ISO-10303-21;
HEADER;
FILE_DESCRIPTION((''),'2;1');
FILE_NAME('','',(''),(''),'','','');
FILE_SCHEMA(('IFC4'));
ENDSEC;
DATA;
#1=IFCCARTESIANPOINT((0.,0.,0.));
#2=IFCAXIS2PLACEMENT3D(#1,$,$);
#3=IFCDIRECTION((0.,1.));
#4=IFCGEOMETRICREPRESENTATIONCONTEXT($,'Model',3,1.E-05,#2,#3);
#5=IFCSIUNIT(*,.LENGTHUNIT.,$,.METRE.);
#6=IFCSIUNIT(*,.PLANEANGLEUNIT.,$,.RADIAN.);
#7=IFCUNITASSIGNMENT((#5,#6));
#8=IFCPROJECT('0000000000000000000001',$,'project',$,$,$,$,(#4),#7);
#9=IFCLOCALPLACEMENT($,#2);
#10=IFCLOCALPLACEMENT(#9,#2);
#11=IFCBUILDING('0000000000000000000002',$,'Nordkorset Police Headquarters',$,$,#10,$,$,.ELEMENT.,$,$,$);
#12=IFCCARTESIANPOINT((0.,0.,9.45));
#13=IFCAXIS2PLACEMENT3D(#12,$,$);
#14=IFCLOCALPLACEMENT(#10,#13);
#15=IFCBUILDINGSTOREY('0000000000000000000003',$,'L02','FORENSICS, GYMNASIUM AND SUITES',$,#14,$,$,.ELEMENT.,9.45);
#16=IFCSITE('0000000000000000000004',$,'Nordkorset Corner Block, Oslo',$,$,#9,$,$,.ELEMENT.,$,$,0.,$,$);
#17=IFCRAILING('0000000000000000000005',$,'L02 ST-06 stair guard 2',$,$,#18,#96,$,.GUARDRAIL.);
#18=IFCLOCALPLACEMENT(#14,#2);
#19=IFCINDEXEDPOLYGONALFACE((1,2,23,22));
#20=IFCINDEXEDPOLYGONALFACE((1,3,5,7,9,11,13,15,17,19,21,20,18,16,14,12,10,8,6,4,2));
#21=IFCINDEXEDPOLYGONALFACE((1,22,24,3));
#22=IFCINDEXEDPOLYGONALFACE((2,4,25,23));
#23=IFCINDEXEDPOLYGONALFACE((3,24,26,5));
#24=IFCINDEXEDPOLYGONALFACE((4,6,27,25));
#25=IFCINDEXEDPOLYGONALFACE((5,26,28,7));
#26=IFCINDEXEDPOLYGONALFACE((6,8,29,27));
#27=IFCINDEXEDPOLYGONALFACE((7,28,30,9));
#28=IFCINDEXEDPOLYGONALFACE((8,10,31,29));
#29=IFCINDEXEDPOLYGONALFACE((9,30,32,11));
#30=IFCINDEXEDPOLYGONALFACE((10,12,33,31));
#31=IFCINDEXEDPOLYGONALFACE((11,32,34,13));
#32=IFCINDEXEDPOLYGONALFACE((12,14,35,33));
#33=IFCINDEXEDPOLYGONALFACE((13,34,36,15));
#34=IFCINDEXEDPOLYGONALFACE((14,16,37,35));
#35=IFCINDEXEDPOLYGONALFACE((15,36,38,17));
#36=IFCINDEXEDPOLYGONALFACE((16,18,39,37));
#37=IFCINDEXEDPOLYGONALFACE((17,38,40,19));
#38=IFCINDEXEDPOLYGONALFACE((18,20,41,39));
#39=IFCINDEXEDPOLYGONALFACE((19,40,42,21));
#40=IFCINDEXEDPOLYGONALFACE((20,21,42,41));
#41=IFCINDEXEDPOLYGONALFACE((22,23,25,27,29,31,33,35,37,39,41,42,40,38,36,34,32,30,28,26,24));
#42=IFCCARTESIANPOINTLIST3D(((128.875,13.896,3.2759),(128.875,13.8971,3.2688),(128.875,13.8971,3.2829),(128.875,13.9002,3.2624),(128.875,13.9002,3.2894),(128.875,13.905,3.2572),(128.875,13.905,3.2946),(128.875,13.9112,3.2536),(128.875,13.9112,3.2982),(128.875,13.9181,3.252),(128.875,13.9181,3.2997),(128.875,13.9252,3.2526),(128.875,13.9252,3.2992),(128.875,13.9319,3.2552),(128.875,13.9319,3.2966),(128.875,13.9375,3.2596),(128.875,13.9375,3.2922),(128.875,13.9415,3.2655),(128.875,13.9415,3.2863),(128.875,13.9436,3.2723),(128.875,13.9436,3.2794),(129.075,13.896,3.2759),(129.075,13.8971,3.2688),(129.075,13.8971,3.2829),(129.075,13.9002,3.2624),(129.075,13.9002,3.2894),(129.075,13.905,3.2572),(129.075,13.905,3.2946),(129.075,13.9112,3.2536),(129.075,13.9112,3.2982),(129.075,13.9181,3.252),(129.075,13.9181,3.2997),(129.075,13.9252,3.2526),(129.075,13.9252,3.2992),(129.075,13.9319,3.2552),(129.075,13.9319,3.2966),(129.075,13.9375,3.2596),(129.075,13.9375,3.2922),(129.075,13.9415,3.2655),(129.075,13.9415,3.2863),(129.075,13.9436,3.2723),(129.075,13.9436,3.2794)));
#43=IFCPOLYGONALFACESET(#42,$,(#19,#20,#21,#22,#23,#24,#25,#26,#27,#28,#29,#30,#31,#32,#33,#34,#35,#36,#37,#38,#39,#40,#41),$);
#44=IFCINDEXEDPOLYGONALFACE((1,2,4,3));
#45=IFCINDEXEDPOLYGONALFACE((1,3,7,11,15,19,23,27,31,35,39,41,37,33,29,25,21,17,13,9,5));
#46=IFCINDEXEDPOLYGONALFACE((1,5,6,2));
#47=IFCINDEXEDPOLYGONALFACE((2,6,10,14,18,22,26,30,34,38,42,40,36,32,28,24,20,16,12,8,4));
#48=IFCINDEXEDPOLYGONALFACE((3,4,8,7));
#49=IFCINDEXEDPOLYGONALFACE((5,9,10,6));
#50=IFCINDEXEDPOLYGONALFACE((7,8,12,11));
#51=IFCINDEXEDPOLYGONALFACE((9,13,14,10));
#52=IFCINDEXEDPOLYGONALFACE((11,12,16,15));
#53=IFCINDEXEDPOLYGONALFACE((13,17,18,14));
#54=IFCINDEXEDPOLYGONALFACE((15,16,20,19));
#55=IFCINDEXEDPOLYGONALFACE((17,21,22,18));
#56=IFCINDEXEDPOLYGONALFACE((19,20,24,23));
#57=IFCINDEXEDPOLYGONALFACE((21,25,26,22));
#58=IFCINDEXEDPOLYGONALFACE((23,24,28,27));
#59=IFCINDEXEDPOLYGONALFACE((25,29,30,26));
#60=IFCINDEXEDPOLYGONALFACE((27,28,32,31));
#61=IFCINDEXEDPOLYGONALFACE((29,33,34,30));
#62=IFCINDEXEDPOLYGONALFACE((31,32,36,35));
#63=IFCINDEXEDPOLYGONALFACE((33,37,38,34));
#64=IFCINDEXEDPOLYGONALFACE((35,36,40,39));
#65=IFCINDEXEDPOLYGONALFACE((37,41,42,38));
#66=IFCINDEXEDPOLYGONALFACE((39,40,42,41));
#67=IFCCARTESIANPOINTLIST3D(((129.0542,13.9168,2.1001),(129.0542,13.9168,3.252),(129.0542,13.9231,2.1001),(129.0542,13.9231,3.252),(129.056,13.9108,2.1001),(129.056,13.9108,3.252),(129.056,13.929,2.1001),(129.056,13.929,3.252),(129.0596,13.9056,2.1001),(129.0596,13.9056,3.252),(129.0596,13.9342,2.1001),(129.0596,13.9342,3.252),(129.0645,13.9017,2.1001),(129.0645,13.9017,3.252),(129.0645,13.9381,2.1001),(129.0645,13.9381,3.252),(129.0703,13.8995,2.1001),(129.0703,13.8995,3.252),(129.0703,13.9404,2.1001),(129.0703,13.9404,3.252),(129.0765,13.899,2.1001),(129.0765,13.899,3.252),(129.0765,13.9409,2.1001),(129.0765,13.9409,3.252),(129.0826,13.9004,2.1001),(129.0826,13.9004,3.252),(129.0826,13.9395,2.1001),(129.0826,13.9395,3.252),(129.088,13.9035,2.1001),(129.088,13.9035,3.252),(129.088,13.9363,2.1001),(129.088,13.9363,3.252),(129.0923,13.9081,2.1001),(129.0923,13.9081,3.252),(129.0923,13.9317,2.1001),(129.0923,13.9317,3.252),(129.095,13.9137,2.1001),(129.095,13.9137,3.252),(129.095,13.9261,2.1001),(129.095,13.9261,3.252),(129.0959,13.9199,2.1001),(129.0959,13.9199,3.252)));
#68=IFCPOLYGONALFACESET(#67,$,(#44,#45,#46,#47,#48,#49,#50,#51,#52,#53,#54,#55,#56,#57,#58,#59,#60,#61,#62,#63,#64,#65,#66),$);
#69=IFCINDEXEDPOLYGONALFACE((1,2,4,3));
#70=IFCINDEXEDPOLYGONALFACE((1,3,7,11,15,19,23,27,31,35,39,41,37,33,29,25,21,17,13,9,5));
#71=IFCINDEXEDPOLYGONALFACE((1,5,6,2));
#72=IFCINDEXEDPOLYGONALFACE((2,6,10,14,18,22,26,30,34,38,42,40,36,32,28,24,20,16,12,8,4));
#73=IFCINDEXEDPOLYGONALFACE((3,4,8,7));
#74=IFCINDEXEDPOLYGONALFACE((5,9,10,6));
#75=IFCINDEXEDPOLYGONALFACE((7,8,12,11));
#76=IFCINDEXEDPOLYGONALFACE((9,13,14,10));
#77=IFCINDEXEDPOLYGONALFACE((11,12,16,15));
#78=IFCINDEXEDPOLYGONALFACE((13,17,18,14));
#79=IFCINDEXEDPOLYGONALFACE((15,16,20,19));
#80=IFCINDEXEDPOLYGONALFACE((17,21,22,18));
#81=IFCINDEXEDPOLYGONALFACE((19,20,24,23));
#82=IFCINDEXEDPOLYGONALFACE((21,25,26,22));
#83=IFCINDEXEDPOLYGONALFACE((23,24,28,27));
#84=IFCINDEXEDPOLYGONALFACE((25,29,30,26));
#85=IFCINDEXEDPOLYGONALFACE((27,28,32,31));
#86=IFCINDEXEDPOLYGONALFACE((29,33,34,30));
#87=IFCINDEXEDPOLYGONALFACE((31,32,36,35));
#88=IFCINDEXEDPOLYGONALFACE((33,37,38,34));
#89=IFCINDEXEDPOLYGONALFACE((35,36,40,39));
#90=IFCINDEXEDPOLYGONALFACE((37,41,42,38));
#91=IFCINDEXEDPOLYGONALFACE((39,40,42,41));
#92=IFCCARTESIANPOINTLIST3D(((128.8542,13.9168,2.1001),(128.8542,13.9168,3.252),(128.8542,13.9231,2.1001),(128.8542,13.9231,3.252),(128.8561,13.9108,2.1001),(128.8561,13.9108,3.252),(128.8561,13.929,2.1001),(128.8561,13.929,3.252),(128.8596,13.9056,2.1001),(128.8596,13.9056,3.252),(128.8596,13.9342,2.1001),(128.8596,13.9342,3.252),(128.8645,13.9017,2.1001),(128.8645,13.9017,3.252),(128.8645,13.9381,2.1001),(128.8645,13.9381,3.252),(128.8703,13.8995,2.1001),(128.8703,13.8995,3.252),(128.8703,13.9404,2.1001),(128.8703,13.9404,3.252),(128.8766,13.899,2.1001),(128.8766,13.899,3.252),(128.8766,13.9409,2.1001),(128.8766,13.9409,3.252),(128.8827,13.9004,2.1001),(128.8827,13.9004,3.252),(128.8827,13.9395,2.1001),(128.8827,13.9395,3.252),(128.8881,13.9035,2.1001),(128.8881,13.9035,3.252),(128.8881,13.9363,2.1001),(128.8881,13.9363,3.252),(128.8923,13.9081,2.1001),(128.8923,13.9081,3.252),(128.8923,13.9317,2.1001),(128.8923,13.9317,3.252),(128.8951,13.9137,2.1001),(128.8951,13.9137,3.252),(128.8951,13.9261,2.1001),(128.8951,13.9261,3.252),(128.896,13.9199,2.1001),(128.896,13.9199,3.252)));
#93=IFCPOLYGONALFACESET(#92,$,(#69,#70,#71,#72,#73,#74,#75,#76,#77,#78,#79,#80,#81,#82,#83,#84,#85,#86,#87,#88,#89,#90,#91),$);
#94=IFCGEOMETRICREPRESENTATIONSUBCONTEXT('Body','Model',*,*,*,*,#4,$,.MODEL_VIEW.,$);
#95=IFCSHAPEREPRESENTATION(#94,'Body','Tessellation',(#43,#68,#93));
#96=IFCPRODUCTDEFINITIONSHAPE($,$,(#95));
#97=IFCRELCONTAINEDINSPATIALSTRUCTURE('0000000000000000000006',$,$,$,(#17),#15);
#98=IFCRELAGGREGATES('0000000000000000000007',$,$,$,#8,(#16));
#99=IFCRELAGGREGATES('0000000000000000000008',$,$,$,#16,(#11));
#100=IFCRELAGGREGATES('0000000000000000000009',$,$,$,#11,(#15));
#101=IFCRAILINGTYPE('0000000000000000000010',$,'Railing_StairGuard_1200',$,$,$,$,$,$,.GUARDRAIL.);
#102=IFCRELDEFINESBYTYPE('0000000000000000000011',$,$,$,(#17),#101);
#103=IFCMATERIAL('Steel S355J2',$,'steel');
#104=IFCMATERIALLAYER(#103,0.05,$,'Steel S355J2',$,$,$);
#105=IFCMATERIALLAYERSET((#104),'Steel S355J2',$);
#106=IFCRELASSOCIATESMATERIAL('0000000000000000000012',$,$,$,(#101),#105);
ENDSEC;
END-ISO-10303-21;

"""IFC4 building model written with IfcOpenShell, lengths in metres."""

from ifc_helpers import new_model, si_unit, direction, frame, origin, origin_2d, place, context, subcontext, project, spatial, circle, extrude, material, layer, layer_set, type_object, element, save


model = new_model("IFC4")

# Units and contexts
model_context = context("Model", 3, precision=1e-05, world=origin(), true_north=direction((0.0, 1.0)))
body_context = subcontext(model_context, "Body", "Model", "MODEL_VIEW")
ifc_project = project(units=[si_unit("LENGTHUNIT", "METRE"), si_unit("PLANEANGLEUNIT", "RADIAN")], contexts=[model_context])

# Site, building, storey
site_placement = place(None, origin())
site = spatial("IfcSite", under=ifc_project, at=site_placement, Name="Nordkorset Corner Block, Oslo", CompositionType="ELEMENT", RefElevation=0.0)
building_placement = place(site_placement, origin())
building = spatial("IfcBuilding", under=site, at=building_placement, Name="Nordkorset Police Headquarters", CompositionType="ELEMENT")
storey_placement = place(building_placement, frame((0.0, 0.0, 9.45)))
storey = spatial("IfcBuildingStorey", under=building, at=storey_placement, Name="L02", Description="FORENSICS, GYMNASIUM AND SUITES", CompositionType="ELEMENT", Elevation=9.45)

# Railing
ifc_material_1 = material(Name="Steel S355J2", Category="steel")
ifc_layer_1 = layer(ifc_material_1, 0.05, Name="Steel S355J2")
ifc_layer_set_1 = layer_set([ifc_layer_1], Name="Steel S355J2")
railing_type_1 = type_object("IfcRailingType", Name="Railing_StairGuard_1200", PredefinedType="GUARDRAIL", material=ifc_layer_set_1)
railing_1_placement = place(storey_placement, frame((129.075, 13.9199, 2.1001)))
element("IfcRailing", 1, at=railing_1_placement, inside=storey, type_object=railing_type_1, Name="L02 ST-06 stair guard 2", PredefinedType="GUARDRAIL", context=body_context, shape_type="SweptSolid", body=[
    extrude(circle(Radius=0.0239, at=origin_2d()), frame((0.0, 0.0, 1.1758), z_axis=(-1.0, 0.0, 0.0), x_axis=(0.0, -1.0, 0.0)), (0.0, 0.0, 1.0), 0.2),
    extrude(circle(Radius=0.021, at=origin_2d()), origin(), (0.0, 0.0, 1.0), 1.1519),
    extrude(circle(Radius=0.021, at=origin_2d()), frame((-0.2, 0.0, 0.0)), (0.0, 0.0, 1.0), 1.1519),
])

save(model, "model.ifc")
